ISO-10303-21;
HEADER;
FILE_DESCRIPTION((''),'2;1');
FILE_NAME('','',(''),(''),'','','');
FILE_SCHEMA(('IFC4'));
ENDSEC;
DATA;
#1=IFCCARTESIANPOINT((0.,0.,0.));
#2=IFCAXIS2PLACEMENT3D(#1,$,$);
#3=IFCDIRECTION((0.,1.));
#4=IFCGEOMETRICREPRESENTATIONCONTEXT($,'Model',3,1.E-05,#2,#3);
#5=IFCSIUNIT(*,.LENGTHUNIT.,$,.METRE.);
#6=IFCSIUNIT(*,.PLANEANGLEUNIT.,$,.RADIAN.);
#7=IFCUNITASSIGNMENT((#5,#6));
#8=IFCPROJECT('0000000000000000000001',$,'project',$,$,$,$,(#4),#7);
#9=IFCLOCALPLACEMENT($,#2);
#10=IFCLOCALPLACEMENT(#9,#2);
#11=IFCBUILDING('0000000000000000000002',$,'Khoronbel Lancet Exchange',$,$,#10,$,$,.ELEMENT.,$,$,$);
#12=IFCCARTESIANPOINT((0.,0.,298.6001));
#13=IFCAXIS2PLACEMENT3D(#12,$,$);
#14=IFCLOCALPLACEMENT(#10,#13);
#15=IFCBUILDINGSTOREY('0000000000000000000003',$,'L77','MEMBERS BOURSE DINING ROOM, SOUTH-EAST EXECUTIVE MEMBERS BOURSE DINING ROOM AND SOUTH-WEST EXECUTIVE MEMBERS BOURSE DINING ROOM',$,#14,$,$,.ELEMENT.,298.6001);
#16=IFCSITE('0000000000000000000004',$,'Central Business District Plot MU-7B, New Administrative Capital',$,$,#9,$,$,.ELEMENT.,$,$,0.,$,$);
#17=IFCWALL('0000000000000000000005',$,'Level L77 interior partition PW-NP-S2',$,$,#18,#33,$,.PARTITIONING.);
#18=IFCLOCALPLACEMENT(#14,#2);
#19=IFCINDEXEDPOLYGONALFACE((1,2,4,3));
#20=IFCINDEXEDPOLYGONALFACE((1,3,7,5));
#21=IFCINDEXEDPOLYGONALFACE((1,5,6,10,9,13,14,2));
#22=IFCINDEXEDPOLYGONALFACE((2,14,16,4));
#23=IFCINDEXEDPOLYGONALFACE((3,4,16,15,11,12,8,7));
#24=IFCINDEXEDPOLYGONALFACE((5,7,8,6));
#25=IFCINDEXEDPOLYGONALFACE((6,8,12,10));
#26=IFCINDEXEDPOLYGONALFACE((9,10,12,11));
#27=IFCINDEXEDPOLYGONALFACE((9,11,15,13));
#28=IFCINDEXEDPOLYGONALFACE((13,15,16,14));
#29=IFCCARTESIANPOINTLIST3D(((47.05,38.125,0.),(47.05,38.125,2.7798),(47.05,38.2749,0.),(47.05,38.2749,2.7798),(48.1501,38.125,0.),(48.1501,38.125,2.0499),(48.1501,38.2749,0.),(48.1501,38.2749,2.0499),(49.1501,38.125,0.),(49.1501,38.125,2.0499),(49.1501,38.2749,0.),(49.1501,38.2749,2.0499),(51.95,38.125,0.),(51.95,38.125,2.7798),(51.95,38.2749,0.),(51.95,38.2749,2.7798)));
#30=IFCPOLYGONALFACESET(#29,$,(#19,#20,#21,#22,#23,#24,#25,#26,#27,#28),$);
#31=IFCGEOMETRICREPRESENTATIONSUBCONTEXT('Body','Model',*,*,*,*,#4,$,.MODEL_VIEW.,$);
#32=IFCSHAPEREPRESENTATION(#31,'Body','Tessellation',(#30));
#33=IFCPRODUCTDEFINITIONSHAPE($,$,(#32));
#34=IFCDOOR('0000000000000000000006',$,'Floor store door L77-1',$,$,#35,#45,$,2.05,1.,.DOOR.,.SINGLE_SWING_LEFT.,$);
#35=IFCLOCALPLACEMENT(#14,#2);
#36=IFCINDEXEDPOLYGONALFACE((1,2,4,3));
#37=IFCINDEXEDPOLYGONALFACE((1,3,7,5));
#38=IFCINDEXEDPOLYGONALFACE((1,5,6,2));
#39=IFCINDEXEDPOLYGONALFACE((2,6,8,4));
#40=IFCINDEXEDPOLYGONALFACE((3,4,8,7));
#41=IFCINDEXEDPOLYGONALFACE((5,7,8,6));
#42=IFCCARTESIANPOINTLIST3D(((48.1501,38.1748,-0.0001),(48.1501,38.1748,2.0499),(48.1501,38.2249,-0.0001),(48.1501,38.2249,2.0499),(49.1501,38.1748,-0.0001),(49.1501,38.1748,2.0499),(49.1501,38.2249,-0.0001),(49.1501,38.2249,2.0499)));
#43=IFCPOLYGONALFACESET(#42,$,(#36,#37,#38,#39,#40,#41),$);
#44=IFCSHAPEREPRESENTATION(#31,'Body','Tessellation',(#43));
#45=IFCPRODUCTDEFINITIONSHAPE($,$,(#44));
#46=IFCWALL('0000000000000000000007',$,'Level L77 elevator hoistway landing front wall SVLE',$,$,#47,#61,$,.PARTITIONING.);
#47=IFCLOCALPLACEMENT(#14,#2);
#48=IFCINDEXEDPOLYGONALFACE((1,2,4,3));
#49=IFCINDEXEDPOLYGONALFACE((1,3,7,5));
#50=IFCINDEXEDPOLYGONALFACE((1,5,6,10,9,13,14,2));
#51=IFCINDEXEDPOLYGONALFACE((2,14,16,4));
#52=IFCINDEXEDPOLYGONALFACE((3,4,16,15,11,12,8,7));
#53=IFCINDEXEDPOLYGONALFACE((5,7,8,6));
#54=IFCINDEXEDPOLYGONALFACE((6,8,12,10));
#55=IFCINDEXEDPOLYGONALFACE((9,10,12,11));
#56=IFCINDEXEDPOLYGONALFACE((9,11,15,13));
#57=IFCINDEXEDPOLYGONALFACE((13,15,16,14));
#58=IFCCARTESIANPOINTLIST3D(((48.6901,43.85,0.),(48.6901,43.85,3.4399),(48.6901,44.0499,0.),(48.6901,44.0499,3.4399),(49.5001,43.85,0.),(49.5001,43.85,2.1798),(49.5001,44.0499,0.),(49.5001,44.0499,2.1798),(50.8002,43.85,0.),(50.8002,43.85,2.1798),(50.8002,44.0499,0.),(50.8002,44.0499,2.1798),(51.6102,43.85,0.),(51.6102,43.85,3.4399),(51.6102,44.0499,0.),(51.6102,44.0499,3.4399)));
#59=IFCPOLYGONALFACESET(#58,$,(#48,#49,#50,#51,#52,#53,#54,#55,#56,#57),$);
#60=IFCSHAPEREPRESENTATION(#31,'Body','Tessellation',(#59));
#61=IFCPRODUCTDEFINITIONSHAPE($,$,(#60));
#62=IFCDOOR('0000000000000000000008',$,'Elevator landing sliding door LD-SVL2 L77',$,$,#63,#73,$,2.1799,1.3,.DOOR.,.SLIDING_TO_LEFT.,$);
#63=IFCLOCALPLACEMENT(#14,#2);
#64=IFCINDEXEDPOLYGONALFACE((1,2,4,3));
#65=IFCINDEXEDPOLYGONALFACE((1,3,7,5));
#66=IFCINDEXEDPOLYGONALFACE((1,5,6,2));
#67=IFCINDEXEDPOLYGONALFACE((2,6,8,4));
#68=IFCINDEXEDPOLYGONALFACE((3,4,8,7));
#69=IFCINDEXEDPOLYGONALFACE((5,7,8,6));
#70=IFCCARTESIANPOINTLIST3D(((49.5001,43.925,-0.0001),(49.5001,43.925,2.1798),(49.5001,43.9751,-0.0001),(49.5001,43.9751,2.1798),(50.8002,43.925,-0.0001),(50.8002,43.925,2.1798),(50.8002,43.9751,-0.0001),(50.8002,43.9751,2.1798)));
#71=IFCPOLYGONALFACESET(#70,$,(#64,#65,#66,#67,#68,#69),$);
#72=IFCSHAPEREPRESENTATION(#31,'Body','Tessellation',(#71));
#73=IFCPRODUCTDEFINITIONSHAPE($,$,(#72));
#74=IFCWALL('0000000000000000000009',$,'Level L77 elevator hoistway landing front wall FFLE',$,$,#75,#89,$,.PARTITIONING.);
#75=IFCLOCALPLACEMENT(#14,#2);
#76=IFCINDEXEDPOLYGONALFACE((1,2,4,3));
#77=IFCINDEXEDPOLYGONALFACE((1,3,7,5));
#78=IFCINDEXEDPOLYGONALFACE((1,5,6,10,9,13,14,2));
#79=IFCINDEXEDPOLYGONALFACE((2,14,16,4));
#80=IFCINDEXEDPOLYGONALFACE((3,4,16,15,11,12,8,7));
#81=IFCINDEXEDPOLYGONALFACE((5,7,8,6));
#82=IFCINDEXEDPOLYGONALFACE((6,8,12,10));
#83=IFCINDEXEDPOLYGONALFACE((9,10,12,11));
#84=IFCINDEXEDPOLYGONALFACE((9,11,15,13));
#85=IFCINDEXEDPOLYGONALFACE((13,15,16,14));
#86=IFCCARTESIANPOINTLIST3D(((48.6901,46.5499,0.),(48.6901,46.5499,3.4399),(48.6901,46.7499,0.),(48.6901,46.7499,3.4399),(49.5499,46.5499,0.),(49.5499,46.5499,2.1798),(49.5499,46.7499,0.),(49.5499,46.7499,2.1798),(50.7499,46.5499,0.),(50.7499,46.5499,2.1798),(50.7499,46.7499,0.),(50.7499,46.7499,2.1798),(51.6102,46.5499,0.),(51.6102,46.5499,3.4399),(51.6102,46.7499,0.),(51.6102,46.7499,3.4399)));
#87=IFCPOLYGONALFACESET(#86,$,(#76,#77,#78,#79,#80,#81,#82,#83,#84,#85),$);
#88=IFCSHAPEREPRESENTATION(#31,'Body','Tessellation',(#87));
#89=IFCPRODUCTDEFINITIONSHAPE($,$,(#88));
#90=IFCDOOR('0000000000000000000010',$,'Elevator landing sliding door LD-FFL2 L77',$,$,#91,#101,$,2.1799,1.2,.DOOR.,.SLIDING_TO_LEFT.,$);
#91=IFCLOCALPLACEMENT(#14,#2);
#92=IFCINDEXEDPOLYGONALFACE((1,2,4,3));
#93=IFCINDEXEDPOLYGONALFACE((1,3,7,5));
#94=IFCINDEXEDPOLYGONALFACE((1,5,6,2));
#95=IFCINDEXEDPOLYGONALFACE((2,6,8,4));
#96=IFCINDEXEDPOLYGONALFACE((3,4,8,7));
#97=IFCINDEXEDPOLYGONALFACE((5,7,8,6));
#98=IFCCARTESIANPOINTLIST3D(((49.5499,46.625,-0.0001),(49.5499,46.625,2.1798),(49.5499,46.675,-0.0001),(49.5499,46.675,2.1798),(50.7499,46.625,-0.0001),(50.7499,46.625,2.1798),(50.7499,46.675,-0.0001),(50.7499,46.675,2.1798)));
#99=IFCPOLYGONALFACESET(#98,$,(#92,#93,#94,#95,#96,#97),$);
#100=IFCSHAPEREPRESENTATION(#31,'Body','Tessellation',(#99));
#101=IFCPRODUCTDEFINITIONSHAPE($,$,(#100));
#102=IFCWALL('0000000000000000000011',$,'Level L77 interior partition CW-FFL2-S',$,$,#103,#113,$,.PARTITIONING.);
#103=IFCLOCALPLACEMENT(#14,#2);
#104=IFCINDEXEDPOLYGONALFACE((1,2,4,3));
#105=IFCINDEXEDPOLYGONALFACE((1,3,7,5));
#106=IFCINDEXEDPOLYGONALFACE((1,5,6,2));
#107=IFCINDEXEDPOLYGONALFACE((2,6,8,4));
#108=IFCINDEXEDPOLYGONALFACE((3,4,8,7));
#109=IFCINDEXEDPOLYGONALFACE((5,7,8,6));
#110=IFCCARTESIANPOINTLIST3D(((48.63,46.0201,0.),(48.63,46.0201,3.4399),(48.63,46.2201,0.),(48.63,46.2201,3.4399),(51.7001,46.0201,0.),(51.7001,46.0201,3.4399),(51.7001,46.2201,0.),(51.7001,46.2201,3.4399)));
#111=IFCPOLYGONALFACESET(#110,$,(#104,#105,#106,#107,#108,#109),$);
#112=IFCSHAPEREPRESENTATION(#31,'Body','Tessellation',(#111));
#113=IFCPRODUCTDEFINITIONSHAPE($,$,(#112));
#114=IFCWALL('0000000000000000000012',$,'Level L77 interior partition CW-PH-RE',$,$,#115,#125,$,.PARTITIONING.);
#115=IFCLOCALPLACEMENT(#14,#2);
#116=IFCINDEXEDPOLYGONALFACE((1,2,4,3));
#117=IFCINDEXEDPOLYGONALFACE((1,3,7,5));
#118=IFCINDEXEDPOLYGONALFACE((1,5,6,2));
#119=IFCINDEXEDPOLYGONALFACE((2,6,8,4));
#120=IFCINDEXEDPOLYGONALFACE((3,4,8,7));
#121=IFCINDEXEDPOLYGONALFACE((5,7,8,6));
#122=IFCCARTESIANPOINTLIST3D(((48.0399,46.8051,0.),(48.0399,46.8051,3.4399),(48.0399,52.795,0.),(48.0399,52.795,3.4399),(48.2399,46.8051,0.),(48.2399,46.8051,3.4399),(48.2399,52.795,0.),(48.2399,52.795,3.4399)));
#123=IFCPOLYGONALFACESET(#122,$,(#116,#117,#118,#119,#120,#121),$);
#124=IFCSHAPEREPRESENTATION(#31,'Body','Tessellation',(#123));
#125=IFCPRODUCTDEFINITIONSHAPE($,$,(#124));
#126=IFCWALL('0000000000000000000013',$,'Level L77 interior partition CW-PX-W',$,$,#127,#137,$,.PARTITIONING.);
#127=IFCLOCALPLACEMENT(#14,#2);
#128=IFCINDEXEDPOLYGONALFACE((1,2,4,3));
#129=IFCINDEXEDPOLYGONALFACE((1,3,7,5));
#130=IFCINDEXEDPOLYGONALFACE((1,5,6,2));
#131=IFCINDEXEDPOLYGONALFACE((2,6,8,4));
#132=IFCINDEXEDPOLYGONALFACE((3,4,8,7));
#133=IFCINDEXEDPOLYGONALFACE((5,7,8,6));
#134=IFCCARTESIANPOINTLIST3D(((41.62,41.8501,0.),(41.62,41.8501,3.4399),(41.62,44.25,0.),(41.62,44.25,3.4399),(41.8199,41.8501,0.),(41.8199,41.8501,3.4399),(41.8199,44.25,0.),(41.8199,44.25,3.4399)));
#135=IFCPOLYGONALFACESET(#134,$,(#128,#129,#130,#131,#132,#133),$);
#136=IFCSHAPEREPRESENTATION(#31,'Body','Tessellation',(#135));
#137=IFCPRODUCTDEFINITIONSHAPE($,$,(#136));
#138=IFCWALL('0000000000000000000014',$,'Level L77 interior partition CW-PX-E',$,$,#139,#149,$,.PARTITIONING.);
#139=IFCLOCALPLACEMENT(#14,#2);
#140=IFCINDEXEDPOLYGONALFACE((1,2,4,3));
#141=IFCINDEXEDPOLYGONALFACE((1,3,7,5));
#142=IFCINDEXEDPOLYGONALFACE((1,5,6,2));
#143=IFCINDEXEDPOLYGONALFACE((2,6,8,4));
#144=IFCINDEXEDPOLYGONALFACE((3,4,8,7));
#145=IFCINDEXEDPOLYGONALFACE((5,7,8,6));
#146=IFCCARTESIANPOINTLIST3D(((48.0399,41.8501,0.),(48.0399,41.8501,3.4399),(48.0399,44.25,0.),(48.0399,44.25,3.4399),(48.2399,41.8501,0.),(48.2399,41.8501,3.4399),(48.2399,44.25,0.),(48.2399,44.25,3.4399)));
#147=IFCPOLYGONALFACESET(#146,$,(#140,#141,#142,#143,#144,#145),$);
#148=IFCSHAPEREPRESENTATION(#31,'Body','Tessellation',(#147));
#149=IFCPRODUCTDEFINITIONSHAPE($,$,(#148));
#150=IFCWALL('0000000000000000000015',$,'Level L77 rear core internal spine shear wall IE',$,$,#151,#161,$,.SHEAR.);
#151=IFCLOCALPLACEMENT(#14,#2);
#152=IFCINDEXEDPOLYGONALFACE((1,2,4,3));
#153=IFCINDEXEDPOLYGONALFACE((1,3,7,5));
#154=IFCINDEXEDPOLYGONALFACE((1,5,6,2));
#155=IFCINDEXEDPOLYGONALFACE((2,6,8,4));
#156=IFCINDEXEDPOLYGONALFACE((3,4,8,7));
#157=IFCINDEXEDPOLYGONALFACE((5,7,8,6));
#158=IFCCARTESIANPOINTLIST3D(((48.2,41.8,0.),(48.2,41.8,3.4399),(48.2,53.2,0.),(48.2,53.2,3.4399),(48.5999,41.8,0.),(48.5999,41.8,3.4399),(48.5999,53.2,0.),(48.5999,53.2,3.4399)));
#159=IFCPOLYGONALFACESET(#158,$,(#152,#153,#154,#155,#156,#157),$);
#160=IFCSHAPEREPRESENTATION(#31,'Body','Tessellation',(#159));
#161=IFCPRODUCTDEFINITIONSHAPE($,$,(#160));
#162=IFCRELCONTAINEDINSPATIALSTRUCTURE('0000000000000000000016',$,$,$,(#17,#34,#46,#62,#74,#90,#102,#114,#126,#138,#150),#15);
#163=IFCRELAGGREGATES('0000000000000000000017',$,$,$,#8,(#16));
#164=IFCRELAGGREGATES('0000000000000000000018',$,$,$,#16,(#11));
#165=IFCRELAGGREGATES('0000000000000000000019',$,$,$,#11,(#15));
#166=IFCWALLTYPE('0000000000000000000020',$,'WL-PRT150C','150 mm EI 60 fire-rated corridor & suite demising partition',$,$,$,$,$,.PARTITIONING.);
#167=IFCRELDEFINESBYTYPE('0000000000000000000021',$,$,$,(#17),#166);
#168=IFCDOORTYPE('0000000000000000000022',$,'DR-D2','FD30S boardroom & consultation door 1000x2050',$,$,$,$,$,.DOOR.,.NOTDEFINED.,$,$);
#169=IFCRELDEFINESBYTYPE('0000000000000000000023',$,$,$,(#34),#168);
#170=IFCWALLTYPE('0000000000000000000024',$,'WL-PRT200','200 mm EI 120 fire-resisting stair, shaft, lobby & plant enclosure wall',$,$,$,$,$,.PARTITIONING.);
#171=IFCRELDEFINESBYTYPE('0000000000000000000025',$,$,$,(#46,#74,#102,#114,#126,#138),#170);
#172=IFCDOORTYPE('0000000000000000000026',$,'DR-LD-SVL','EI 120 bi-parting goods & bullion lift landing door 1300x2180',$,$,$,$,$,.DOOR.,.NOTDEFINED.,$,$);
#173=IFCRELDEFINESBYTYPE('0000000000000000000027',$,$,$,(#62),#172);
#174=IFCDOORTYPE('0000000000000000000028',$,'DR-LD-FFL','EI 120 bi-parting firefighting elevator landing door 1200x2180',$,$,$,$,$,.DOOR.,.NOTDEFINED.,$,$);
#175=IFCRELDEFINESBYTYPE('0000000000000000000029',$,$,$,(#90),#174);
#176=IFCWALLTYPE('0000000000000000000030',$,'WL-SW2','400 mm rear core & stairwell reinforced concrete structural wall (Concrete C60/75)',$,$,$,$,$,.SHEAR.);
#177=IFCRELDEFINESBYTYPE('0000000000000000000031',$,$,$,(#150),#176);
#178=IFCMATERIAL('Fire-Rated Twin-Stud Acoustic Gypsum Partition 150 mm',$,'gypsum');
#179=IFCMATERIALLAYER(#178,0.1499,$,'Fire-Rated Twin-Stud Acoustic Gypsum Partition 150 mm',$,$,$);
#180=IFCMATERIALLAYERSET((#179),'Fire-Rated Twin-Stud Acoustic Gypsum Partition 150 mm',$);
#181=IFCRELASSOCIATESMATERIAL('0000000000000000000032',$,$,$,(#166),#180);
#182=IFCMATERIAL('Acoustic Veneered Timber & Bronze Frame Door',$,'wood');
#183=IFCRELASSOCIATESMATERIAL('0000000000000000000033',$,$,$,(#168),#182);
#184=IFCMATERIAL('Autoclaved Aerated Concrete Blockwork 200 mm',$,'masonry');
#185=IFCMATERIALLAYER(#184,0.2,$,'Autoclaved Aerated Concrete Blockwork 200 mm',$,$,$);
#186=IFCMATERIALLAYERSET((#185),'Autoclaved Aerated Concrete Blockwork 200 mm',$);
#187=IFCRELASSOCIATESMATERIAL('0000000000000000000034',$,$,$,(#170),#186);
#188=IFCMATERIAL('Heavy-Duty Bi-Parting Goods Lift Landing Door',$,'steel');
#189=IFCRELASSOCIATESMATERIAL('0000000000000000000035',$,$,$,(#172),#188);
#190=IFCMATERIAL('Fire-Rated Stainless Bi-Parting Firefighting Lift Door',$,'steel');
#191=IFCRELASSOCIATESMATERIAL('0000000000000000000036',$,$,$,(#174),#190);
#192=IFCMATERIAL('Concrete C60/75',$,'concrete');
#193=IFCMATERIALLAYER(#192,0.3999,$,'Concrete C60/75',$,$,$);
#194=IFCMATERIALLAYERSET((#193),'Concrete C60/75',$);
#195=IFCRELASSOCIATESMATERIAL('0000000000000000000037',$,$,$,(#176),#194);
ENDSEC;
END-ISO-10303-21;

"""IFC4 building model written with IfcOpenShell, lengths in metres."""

from ifc_helpers import new_model, si_unit, direction, frame, frame_2d, origin, place, context, subcontext, project, spatial, rectangle, extrude, material, layer, layer_set, type_object, element, fill, save


model = new_model("IFC4")

# Units and contexts
model_context = context("Model", 3, precision=1e-05, world=origin(), true_north=direction((0.0, 1.0)))
body_context = subcontext(model_context, "Body", "Model", "MODEL_VIEW")
ifc_project = project(units=[si_unit("LENGTHUNIT", "METRE"), si_unit("PLANEANGLEUNIT", "RADIAN")], contexts=[model_context])

# Site, building, storey
site_placement = place(None, origin())
site = spatial("IfcSite", under=ifc_project, at=site_placement, Name="Central Business District Plot MU-7B, New Administrative Capital", CompositionType="ELEMENT", RefElevation=0.0)
building_placement = place(site_placement, origin())
building = spatial("IfcBuilding", under=site, at=building_placement, Name="Khoronbel Lancet Exchange", CompositionType="ELEMENT")
storey_placement = place(building_placement, frame((0.0, 0.0, 298.6001)))
storey = spatial("IfcBuildingStorey", under=building, at=storey_placement, Name="L77", Description="MEMBERS BOURSE DINING ROOM, SOUTH-EAST EXECUTIVE MEMBERS BOURSE DINING ROOM AND SOUTH-WEST EXECUTIVE MEMBERS BOURSE DINING ROOM", CompositionType="ELEMENT", Elevation=298.6001)

# Walls, openings, doors
ifc_material_1 = material(Name="Fire-Rated Twin-Stud Acoustic Gypsum Partition 150 mm", Category="gypsum")
ifc_layer_1 = layer(ifc_material_1, 0.1499, Name="Fire-Rated Twin-Stud Acoustic Gypsum Partition 150 mm")
ifc_layer_set_1 = layer_set([ifc_layer_1], Name="Fire-Rated Twin-Stud Acoustic Gypsum Partition 150 mm")
wall_type_1 = type_object("IfcWallType", Name="WL-PRT150C", Description="150 mm EI 60 fire-rated corridor & suite demising partition", PredefinedType="PARTITIONING", material=ifc_layer_set_1)
wall_1_placement = place(storey_placement, frame((47.05, 38.2, 0.0), z_axis=(0.0, 0.0, 1.0), x_axis=(1.0, 0.0, 0.0)))
wall_1 = element("IfcWall", 1, at=wall_1_placement, inside=storey, type_object=wall_type_1, Name="Level L77 interior partition PW-NP-S2", PredefinedType="PARTITIONING", context=body_context, shape_type="SweptSolid", body=[
    extrude(rectangle(XDim=4.8999, YDim=0.1499, at=frame_2d((2.45, 0.0))), origin(), (0.0, 0.0, 1.0), 2.7798),
])
opening_1_placement = place(wall_1_placement, frame((1.1001, 0.0, 0.0)))
opening_1 = element("IfcOpeningElement", 2, at=opening_1_placement, cuts=wall_1, PredefinedType="OPENING", context=body_context, shape_type="SweptSolid", body=[
    extrude(rectangle(XDim=1.0, YDim=2.05, at=frame_2d((0.5, 1.0249))), frame((0.0, 0.085, 0.0), z_axis=(0.0, -1.0, 0.0), x_axis=(1.0, 0.0, 0.0)), (0.0, 0.0, 1.0), 0.1699),
])
ifc_material_2 = material(Name="Acoustic Veneered Timber & Bronze Frame Door", Category="wood")
door_type_1 = type_object("IfcDoorType", Name="DR-D2", Description="FD30S boardroom & consultation door 1000x2050", OperationType="NOTDEFINED", PredefinedType="DOOR", material=ifc_material_2)
door_1_placement = place(opening_1_placement, origin())
door_1 = element("IfcDoor", 3, at=door_1_placement, inside=storey, type_object=door_type_1, Name="Floor store door L77-1", OperationType="SINGLE_SWING_LEFT", OverallHeight=2.05, OverallWidth=1.0, PredefinedType="DOOR", context=body_context, shape_type="SweptSolid", body=[
    extrude(rectangle(XDim=1.0, YDim=2.05, at=frame_2d((0.5, 1.0249))), frame((0.0, 0.0249, 0.0), z_axis=(0.0, -1.0, 0.0), x_axis=(1.0, 0.0, 0.0)), (0.0, 0.0, 1.0), 0.05),
])
fill(opening_1, door_1)
ifc_material_3 = material(Name="Autoclaved Aerated Concrete Blockwork 200 mm", Category="masonry")
ifc_layer_2 = layer(ifc_material_3, 0.2, Name="Autoclaved Aerated Concrete Blockwork 200 mm")
ifc_layer_set_2 = layer_set([ifc_layer_2], Name="Autoclaved Aerated Concrete Blockwork 200 mm")
wall_type_2 = type_object("IfcWallType", Name="WL-PRT200", Description="200 mm EI 120 fire-resisting stair, shaft, lobby & plant enclosure wall", PredefinedType="PARTITIONING", material=ifc_layer_set_2)
wall_2_placement = place(storey_placement, frame((51.6101, 43.95, 0.0), z_axis=(0.0, 0.0, 1.0), x_axis=(-1.0, 0.0, 0.0)))
wall_2 = element("IfcWall", 4, at=wall_2_placement, inside=storey, type_object=wall_type_2, Name="Level L77 elevator hoistway landing front wall SVLE", PredefinedType="PARTITIONING", context=body_context, shape_type="SweptSolid", body=[
    extrude(rectangle(XDim=2.9202, YDim=0.2, at=frame_2d((1.46, 0.0))), origin(), (0.0, 0.0, 1.0), 3.4399),
])
opening_2_placement = place(wall_2_placement, frame((0.8101, 0.0, 0.0)))
opening_2 = element("IfcOpeningElement", 5, at=opening_2_placement, cuts=wall_2, PredefinedType="OPENING", context=body_context, shape_type="SweptSolid", body=[
    extrude(rectangle(XDim=1.3, YDim=2.1799, at=frame_2d((0.6499, 1.0898))), frame((0.0, 0.1099, 0.0), z_axis=(0.0, -1.0, 0.0), x_axis=(1.0, 0.0, 0.0)), (0.0, 0.0, 1.0), 0.22),
])
ifc_material_4 = material(Name="Heavy-Duty Bi-Parting Goods Lift Landing Door", Category="steel")
door_type_2 = type_object("IfcDoorType", Name="DR-LD-SVL", Description="EI 120 bi-parting goods & bullion lift landing door 1300x2180", OperationType="NOTDEFINED", PredefinedType="DOOR", material=ifc_material_4)
door_2_placement = place(opening_2_placement, origin())
door_2 = element("IfcDoor", 6, at=door_2_placement, inside=storey, type_object=door_type_2, Name="Elevator landing sliding door LD-SVL2 L77", OperationType="SLIDING_TO_LEFT", OverallHeight=2.1799, OverallWidth=1.3, PredefinedType="DOOR", context=body_context, shape_type="SweptSolid", body=[
    extrude(rectangle(XDim=1.3, YDim=2.1799, at=frame_2d((0.6499, 1.0898))), frame((0.0, 0.0249, 0.0), z_axis=(0.0, -1.0, 0.0), x_axis=(1.0, 0.0, 0.0)), (0.0, 0.0, 1.0), 0.05),
])
fill(opening_2, door_2)
wall_3_placement = place(storey_placement, frame((51.6101, 46.6499, 0.0), z_axis=(0.0, 0.0, 1.0), x_axis=(-1.0, 0.0, 0.0)))
wall_3 = element("IfcWall", 7, at=wall_3_placement, inside=storey, type_object=wall_type_2, Name="Level L77 elevator hoistway landing front wall FFLE", PredefinedType="PARTITIONING", context=body_context, shape_type="SweptSolid", body=[
    extrude(rectangle(XDim=2.9202, YDim=0.2, at=frame_2d((1.46, 0.0))), origin(), (0.0, 0.0, 1.0), 3.4399),
])
opening_3_placement = place(wall_3_placement, frame((0.8601, 0.0, 0.0)))
opening_3 = element("IfcOpeningElement", 8, at=opening_3_placement, cuts=wall_3, PredefinedType="OPENING", context=body_context, shape_type="SweptSolid", body=[
    extrude(rectangle(XDim=1.2, YDim=2.1799, at=frame_2d((0.6001, 1.0898))), frame((0.0, 0.1099, 0.0), z_axis=(0.0, -1.0, 0.0), x_axis=(1.0, 0.0, 0.0)), (0.0, 0.0, 1.0), 0.22),
])
ifc_material_5 = material(Name="Fire-Rated Stainless Bi-Parting Firefighting Lift Door", Category="steel")
door_type_3 = type_object("IfcDoorType", Name="DR-LD-FFL", Description="EI 120 bi-parting firefighting elevator landing door 1200x2180", OperationType="NOTDEFINED", PredefinedType="DOOR", material=ifc_material_5)
door_3_placement = place(opening_3_placement, origin())
door_3 = element("IfcDoor", 9, at=door_3_placement, inside=storey, type_object=door_type_3, Name="Elevator landing sliding door LD-FFL2 L77", OperationType="SLIDING_TO_LEFT", OverallHeight=2.1799, OverallWidth=1.2, PredefinedType="DOOR", context=body_context, shape_type="SweptSolid", body=[
    extrude(rectangle(XDim=1.2, YDim=2.1799, at=frame_2d((0.6001, 1.0898))), frame((0.0, 0.0249, 0.0), z_axis=(0.0, -1.0, 0.0), x_axis=(1.0, 0.0, 0.0)), (0.0, 0.0, 1.0), 0.05),
])
fill(opening_3, door_3)

# Walls
wall_4_placement = place(storey_placement, frame((48.6299, 46.1201, 0.0), z_axis=(0.0, 0.0, 1.0), x_axis=(1.0, 0.0, 0.0)))
element("IfcWall", 10, at=wall_4_placement, inside=storey, type_object=wall_type_2, Name="Level L77 interior partition CW-FFL2-S", PredefinedType="PARTITIONING", context=body_context, shape_type="SweptSolid", body=[
    extrude(rectangle(XDim=3.0701, YDim=0.2, at=frame_2d((1.5352, 0.0))), origin(), (0.0, 0.0, 1.0), 3.4399),
])
wall_5_placement = place(storey_placement, frame((48.1399, 46.8049, 0.0), z_axis=(0.0, 0.0, 1.0), x_axis=(0.0, 1.0, 0.0)))
element("IfcWall", 11, at=wall_5_placement, inside=storey, type_object=wall_type_2, Name="Level L77 interior partition CW-PH-RE", PredefinedType="PARTITIONING", context=body_context, shape_type="SweptSolid", body=[
    extrude(rectangle(XDim=5.99, YDim=0.2, at=frame_2d((2.9951, 0.0))), origin(), (0.0, 0.0, 1.0), 3.4399),
])
for number, where, z_axis, x_axis, name in (
    (12, (41.72, 41.8501, 0.0), (0.0, 0.0, 1.0), (0.0, 1.0, 0.0), "Level L77 interior partition CW-PX-W"),
    (13, (48.1399, 41.8501, 0.0), (0.0, 0.0, 1.0), (0.0, 1.0, 0.0), "Level L77 interior partition CW-PX-E"),
):
    element("IfcWall", number, at=place(storey_placement, frame(where, z_axis=z_axis, x_axis=x_axis)), inside=storey, type_object=wall_type_2, Name=name, PredefinedType="PARTITIONING", context=body_context, shape_type="SweptSolid", body=[
        extrude(rectangle(XDim=2.3999, YDim=0.2, at=frame_2d((1.2, 0.0))), origin(), (0.0, 0.0, 1.0), 3.4399),
    ])
ifc_material_6 = material(Name="Concrete C60/75", Category="concrete")
ifc_layer_3 = layer(ifc_material_6, 0.3999, Name="Concrete C60/75")
ifc_layer_set_3 = layer_set([ifc_layer_3], Name="Concrete C60/75")
wall_type_3 = type_object("IfcWallType", Name="WL-SW2", Description="400 mm rear core & stairwell reinforced concrete structural wall (Concrete C60/75)", PredefinedType="SHEAR", material=ifc_layer_set_3)
wall_6_placement = place(storey_placement, frame((48.3999, 41.8, 0.0), z_axis=(0.0, 0.0, 1.0), x_axis=(0.0, 1.0, 0.0)))
element("IfcWall", 14, at=wall_6_placement, inside=storey, type_object=wall_type_3, Name="Level L77 rear core internal spine shear wall IE", PredefinedType="SHEAR", context=body_context, shape_type="SweptSolid", body=[
    extrude(rectangle(XDim=11.3999, YDim=0.3999, at=frame_2d((5.7, 0.0))), origin(), (0.0, 0.0, 1.0), 3.4399),
])

save(model, "model.ifc")
